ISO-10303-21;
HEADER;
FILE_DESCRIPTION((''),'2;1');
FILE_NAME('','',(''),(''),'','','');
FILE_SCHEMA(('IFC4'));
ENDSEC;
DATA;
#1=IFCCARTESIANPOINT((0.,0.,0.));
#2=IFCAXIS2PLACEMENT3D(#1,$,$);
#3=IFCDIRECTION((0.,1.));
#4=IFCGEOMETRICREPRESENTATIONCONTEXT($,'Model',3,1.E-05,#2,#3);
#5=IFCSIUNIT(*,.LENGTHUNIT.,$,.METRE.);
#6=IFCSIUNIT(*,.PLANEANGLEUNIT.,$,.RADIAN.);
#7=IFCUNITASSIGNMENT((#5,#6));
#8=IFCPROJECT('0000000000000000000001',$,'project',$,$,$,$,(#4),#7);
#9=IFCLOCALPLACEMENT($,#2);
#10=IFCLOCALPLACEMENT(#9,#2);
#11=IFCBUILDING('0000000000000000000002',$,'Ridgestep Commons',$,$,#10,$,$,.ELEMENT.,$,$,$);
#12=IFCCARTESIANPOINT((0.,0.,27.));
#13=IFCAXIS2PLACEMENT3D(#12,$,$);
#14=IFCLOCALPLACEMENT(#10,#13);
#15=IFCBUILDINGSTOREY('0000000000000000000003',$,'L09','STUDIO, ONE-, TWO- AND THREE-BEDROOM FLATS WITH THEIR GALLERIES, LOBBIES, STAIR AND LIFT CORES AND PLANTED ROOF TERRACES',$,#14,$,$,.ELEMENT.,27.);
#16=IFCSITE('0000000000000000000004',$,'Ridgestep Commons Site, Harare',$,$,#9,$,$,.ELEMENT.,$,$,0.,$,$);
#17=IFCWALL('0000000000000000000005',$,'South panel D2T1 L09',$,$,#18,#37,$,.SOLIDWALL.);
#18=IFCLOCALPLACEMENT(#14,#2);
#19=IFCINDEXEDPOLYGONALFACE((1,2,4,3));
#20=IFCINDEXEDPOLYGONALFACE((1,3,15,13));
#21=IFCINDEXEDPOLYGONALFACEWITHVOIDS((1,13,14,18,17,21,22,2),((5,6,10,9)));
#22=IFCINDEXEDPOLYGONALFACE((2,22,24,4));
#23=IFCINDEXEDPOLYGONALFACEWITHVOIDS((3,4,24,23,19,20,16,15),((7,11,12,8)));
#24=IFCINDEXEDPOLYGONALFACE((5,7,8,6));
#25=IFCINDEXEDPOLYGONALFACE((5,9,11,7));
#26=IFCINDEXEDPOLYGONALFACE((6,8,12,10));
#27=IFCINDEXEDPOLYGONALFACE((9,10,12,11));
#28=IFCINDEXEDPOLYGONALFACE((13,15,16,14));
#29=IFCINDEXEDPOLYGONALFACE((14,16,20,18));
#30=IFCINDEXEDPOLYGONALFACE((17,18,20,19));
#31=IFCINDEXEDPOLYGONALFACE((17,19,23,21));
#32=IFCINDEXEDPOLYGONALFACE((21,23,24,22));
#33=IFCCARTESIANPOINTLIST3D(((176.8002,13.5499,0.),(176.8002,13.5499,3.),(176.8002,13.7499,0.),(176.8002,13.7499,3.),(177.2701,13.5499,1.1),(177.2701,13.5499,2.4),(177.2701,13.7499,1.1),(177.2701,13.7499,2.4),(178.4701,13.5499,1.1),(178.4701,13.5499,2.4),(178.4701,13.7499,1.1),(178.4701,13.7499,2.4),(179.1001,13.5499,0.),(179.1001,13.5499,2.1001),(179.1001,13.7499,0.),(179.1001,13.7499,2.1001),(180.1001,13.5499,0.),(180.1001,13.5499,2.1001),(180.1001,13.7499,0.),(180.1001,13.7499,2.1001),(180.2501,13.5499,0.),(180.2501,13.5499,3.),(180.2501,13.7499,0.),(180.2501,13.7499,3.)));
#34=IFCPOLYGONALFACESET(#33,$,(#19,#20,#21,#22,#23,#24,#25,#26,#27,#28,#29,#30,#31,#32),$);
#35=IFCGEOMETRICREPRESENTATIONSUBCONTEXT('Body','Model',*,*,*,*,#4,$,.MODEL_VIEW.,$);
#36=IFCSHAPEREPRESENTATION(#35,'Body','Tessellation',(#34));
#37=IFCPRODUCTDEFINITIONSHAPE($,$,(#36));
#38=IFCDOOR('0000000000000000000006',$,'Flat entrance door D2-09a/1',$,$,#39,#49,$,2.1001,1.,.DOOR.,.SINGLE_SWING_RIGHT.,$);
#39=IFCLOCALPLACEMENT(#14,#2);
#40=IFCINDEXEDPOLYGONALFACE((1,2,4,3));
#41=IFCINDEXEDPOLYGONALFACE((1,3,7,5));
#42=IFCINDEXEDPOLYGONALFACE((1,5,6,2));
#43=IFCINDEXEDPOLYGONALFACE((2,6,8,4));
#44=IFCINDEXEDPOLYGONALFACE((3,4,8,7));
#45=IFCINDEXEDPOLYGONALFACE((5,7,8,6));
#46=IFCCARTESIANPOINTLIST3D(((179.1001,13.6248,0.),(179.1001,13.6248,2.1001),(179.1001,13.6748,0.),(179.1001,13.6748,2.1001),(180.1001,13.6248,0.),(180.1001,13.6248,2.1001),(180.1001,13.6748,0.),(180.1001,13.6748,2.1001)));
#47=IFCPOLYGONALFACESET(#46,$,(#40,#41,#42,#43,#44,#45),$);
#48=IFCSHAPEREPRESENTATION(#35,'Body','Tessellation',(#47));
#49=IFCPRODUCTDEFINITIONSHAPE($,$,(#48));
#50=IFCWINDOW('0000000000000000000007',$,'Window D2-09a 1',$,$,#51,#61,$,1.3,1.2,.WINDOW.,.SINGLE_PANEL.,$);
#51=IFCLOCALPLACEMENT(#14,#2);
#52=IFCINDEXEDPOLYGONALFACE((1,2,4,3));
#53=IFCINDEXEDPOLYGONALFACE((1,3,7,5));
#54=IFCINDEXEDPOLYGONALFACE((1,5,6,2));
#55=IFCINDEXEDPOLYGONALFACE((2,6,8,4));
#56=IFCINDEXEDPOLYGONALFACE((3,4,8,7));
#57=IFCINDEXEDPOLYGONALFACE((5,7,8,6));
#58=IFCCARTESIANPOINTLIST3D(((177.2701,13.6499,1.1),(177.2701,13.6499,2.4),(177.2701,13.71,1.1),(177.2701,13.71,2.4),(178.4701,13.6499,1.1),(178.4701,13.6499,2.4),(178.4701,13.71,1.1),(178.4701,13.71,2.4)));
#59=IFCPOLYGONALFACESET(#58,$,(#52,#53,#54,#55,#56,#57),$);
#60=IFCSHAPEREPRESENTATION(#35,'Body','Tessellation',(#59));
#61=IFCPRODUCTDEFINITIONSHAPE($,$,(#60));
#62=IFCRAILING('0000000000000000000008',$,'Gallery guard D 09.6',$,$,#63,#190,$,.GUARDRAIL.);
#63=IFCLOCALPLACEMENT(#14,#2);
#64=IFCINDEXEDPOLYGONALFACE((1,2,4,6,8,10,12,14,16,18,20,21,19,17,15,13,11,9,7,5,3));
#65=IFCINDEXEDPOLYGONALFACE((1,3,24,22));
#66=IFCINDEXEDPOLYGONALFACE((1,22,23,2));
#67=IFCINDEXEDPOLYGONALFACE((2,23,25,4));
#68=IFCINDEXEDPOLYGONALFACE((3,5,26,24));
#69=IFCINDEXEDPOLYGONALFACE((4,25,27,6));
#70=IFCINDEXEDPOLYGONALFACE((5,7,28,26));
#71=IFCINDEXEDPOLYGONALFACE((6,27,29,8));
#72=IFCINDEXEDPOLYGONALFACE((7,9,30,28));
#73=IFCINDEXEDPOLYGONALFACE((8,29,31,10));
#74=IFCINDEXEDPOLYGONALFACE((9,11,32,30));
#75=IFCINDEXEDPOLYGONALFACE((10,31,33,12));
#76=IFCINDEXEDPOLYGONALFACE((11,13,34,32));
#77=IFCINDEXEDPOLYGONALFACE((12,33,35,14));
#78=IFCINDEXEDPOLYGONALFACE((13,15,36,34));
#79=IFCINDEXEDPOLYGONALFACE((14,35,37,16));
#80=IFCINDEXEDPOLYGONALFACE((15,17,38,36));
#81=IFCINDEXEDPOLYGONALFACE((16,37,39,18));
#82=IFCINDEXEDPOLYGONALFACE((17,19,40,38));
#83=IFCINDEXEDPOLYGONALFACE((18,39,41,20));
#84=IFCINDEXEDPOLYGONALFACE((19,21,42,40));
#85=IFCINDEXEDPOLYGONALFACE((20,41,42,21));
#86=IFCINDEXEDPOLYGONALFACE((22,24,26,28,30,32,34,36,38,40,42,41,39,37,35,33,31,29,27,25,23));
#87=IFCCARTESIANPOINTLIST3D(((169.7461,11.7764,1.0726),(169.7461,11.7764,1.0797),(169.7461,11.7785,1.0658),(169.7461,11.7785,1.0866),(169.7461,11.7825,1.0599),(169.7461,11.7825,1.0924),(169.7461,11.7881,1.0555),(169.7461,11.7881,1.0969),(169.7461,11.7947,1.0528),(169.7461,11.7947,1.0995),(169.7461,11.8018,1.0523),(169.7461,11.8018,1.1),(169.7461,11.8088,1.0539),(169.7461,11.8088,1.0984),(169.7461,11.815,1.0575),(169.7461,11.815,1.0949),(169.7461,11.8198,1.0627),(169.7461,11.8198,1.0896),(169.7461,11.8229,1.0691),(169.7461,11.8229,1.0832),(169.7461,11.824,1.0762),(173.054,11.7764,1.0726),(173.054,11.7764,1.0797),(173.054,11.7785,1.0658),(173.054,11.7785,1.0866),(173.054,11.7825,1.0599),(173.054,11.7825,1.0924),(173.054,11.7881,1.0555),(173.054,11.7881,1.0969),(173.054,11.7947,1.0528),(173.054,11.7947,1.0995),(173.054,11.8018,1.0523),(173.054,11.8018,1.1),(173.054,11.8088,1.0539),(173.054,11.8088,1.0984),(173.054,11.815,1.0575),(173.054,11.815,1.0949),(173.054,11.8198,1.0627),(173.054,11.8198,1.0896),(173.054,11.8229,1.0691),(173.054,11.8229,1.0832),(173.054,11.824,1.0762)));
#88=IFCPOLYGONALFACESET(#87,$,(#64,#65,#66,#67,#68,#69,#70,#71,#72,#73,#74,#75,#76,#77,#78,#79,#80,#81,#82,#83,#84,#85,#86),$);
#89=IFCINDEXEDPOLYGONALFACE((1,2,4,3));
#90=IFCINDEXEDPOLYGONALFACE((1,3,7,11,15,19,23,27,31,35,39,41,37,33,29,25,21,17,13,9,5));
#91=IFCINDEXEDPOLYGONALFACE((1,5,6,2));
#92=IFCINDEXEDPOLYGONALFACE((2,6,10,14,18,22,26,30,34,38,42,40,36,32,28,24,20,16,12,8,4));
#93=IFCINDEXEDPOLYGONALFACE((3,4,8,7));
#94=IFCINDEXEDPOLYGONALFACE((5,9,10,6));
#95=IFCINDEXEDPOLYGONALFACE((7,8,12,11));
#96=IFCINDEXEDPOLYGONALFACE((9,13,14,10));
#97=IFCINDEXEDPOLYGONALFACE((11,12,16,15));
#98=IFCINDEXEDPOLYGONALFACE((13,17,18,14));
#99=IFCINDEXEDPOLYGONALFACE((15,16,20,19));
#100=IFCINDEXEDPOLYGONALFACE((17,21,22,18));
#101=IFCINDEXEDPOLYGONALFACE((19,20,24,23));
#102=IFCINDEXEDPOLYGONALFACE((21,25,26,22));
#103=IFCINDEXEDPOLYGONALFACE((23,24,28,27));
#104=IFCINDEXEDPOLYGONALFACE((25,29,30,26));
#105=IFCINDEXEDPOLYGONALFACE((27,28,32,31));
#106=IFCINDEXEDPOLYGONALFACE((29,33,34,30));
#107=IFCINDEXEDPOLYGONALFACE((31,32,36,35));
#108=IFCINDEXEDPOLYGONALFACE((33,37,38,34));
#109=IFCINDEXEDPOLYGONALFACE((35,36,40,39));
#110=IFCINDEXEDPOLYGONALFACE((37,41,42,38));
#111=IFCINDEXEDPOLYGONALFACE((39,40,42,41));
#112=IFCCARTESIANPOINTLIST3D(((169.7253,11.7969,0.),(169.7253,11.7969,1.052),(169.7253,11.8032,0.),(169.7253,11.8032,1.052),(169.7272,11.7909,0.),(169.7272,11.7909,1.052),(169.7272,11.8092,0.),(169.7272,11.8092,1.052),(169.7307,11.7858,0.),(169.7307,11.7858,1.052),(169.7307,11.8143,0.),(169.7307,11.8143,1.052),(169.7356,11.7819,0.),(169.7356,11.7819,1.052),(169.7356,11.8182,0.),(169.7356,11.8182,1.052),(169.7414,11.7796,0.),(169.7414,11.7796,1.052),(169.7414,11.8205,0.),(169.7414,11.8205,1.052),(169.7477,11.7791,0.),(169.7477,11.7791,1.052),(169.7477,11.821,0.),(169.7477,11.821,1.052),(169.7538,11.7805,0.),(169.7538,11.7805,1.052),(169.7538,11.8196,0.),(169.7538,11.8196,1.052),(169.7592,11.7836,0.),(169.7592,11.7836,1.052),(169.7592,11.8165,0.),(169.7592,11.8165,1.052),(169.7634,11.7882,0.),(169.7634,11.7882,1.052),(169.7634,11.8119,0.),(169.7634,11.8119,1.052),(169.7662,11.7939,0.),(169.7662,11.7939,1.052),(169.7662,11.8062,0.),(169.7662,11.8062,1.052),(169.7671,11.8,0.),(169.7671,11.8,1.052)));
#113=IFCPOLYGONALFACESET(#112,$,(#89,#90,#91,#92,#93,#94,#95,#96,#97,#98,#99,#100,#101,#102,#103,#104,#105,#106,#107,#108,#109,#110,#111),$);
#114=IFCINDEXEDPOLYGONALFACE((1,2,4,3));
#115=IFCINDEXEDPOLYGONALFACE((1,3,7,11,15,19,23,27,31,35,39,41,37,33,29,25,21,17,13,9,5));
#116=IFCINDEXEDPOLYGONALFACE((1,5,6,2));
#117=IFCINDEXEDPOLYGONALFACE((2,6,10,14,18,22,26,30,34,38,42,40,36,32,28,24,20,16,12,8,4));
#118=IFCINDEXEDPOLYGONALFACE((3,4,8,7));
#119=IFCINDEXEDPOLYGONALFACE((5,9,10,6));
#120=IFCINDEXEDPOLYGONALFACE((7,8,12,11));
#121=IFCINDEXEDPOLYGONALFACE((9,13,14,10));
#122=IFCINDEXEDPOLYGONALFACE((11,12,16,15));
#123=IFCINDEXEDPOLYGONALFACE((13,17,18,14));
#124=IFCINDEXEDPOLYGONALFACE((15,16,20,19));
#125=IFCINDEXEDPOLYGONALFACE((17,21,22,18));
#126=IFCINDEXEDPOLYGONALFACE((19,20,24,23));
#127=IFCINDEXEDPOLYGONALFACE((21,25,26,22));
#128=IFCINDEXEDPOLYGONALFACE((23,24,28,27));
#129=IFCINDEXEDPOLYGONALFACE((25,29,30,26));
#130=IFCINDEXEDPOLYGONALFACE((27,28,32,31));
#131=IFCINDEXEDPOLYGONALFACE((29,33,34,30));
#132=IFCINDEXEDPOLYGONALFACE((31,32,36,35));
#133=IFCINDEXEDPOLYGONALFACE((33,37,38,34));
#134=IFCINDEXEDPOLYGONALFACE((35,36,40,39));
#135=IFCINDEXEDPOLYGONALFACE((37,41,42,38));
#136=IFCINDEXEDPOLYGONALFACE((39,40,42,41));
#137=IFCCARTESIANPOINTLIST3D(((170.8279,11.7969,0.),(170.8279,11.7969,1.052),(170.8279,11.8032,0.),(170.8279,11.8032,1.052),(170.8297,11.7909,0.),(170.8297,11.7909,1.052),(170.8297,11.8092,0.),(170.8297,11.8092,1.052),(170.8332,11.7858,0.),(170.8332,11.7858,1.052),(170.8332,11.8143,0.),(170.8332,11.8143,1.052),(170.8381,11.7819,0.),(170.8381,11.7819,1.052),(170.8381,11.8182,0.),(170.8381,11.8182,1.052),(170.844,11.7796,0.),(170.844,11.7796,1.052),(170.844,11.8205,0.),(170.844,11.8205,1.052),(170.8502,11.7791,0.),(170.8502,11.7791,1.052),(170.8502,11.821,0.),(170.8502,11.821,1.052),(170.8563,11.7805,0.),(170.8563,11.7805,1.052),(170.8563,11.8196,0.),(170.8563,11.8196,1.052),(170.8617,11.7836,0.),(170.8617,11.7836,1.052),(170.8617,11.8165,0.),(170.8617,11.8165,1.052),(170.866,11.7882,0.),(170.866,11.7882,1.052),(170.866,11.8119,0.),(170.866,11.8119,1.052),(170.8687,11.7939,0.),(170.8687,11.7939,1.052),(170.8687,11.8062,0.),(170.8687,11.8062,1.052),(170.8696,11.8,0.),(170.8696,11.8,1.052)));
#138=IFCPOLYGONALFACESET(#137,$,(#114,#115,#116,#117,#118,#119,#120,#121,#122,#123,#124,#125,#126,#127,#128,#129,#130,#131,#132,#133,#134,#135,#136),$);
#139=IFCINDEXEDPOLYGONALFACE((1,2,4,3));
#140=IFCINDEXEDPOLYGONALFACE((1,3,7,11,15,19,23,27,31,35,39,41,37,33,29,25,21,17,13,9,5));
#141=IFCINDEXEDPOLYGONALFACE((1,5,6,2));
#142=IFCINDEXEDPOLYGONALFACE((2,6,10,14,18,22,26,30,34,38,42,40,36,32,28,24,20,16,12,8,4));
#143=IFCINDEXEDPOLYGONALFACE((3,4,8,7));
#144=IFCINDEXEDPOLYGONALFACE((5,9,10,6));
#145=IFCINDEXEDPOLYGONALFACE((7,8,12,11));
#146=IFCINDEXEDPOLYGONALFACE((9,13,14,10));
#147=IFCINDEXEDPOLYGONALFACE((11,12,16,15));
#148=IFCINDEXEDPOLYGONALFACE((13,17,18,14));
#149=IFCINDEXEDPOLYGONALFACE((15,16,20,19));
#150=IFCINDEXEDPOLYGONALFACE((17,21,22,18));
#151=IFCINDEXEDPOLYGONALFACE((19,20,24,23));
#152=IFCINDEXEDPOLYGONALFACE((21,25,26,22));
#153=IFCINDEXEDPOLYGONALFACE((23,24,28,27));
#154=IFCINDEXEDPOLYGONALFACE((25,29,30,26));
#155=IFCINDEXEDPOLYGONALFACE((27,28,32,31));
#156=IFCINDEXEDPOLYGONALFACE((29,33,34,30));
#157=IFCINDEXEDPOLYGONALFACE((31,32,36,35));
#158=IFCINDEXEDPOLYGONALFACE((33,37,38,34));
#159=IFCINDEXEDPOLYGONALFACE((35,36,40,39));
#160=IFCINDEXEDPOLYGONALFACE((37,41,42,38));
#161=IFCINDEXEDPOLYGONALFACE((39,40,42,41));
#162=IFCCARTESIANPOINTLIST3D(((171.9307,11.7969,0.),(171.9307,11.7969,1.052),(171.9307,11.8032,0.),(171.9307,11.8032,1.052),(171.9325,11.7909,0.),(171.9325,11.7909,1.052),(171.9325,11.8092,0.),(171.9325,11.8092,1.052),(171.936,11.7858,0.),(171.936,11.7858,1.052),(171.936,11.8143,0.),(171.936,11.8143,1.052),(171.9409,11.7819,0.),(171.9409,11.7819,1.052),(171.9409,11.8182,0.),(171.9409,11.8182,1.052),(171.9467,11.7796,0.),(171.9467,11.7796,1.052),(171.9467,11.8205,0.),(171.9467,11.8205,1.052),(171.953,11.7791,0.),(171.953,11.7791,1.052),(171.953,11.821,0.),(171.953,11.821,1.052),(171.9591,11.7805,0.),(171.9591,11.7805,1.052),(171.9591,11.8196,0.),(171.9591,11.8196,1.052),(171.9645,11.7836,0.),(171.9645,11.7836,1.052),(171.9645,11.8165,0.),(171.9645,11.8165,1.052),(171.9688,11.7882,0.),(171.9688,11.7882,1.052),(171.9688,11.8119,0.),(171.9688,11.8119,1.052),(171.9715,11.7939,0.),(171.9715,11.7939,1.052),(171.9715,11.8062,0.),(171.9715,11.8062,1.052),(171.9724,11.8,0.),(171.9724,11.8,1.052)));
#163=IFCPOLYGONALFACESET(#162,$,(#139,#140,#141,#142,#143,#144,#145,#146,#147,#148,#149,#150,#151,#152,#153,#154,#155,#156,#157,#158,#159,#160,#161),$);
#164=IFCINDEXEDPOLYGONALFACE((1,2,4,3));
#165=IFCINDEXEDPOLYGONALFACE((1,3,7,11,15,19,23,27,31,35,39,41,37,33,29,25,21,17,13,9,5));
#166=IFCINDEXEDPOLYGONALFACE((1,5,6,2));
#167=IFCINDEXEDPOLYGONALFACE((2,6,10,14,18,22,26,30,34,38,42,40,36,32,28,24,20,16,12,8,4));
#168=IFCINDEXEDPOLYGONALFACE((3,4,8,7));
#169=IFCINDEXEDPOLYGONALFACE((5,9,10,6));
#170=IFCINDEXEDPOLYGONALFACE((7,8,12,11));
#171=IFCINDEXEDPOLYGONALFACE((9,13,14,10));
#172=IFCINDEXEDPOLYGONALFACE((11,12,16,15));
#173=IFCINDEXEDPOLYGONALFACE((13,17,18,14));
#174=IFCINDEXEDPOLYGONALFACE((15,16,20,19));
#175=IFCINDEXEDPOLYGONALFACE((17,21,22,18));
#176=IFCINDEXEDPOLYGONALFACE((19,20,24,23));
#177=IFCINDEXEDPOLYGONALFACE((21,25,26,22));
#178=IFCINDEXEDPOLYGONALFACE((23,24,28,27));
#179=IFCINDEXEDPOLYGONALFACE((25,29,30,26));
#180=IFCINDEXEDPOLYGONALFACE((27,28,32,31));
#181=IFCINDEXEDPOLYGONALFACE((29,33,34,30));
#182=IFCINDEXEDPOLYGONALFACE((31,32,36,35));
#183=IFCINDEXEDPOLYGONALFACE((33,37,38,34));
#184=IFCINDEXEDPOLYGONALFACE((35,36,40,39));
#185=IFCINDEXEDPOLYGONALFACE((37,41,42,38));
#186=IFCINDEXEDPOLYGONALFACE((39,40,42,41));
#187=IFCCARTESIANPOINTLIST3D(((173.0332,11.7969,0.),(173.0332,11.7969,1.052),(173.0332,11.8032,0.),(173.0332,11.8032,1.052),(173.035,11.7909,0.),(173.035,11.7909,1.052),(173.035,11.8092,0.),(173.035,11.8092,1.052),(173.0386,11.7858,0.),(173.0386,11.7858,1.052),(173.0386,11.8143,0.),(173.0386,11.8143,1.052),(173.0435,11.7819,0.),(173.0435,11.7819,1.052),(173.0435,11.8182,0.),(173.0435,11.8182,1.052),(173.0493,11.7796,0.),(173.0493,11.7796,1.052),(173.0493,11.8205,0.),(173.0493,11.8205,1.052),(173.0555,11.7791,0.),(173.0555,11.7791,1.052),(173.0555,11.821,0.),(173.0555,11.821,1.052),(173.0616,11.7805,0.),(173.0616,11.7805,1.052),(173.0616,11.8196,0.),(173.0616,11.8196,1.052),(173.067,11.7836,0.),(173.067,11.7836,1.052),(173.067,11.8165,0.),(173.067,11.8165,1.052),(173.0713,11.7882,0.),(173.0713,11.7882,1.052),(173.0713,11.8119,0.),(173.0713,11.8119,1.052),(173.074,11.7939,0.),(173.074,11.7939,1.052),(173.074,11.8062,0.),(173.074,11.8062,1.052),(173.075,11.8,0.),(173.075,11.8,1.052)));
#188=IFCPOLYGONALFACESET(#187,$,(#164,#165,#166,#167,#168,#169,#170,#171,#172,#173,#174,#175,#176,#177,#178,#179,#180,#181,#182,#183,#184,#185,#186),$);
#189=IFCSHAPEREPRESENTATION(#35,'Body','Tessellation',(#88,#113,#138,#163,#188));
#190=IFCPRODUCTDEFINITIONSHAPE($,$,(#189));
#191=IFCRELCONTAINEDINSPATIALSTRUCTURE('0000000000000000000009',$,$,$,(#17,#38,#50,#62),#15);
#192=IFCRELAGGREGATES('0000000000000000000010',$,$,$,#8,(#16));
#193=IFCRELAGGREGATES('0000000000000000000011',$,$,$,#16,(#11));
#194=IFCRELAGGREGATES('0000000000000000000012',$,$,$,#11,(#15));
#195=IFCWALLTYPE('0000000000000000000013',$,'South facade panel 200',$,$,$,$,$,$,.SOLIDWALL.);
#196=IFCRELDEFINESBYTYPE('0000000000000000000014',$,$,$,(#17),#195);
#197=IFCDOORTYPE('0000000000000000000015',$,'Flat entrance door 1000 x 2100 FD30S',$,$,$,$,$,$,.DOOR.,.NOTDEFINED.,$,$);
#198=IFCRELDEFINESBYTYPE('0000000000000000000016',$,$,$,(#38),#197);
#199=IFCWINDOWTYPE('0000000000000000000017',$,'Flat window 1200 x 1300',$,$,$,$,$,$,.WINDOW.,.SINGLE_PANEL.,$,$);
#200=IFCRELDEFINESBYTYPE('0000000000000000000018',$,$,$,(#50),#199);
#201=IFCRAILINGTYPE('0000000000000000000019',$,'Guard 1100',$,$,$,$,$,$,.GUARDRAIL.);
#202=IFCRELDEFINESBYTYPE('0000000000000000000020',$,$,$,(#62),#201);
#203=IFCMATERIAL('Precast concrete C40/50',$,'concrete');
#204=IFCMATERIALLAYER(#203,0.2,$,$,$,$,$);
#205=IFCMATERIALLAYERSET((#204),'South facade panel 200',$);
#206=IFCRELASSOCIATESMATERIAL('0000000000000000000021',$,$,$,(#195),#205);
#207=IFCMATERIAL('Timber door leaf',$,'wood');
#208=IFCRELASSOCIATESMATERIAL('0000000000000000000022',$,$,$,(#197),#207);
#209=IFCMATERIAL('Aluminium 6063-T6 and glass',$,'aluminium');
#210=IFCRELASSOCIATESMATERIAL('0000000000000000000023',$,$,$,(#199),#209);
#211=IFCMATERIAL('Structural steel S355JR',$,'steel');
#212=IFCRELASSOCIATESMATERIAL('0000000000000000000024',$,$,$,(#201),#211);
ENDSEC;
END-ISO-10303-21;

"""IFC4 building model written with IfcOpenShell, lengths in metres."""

from ifc_helpers import new_model, si_unit, direction, frame, frame_2d, origin, origin_2d, place, context, subcontext, project, spatial, rectangle, circle, extrude, material, layer, layer_set, type_object, element, fill, save


model = new_model("IFC4")

# Units and contexts
model_context = context("Model", 3, precision=1e-05, world=origin(), true_north=direction((0.0, 1.0)))
body_context = subcontext(model_context, "Body", "Model", "MODEL_VIEW")
ifc_project = project(units=[si_unit("LENGTHUNIT", "METRE"), si_unit("PLANEANGLEUNIT", "RADIAN")], contexts=[model_context])

# Site, building, storey
site_placement = place(None, origin())
site = spatial("IfcSite", under=ifc_project, at=site_placement, Name="Ridgestep Commons Site, Harare", CompositionType="ELEMENT", RefElevation=0.0)
building_placement = place(site_placement, origin())
building = spatial("IfcBuilding", under=site, at=building_placement, Name="Ridgestep Commons", CompositionType="ELEMENT")
storey_placement = place(building_placement, frame((0.0, 0.0, 27.0)))
storey = spatial("IfcBuildingStorey", under=building, at=storey_placement, Name="L09", Description="STUDIO, ONE-, TWO- AND THREE-BEDROOM FLATS WITH THEIR GALLERIES, LOBBIES, STAIR AND LIFT CORES AND PLANTED ROOF TERRACES", CompositionType="ELEMENT", Elevation=27.0)

# Wall, openings, door, window
ifc_material_1 = material(Name="Precast concrete C40/50", Category="concrete")
ifc_layer_1 = layer(ifc_material_1, 0.2)
ifc_layer_set_1 = layer_set([ifc_layer_1], Name="South facade panel 200")
wall_type_1 = type_object("IfcWallType", Name="South facade panel 200", PredefinedType="SOLIDWALL", material=ifc_layer_set_1)
ifc_material_2 = material(Name="Timber door leaf", Category="wood")
door_type_1 = type_object("IfcDoorType", Name="Flat entrance door 1000 x 2100 FD30S", OperationType="NOTDEFINED", PredefinedType="DOOR", material=ifc_material_2)
ifc_material_3 = material(Name="Aluminium 6063-T6 and glass", Category="aluminium")
window_type = type_object("IfcWindowType", Name="Flat window 1200 x 1300", PartitioningType="SINGLE_PANEL", PredefinedType="WINDOW", material=ifc_material_3)
wall_1_placement = place(storey_placement, frame((176.8, 13.6499, 0.0), z_axis=(0.0, 0.0, 1.0), x_axis=(1.0, 0.0, 0.0)))
wall_1 = element("IfcWall", 1, at=wall_1_placement, inside=storey, type_object=wall_type_1, Name="South panel D2T1 L09", PredefinedType="SOLIDWALL", context=body_context, shape_type="SweptSolid", body=[
    extrude(rectangle(XDim=3.45, YDim=0.2, at=frame_2d((1.7251, 0.0))), origin(), (0.0, 0.0, 1.0), 3.0),
])
opening_1_placement = place(wall_1_placement, frame((0.47, 0.0, 1.1001)))
opening_1 = element("IfcOpeningElement", 2, at=opening_1_placement, cuts=wall_1, PredefinedType="OPENING", context=body_context, shape_type="SweptSolid", body=[
    extrude(rectangle(XDim=1.2, YDim=1.3, at=frame_2d((0.6001, 0.6499))), frame((0.0, 0.1099, 0.0), z_axis=(0.0, -1.0, 0.0), x_axis=(1.0, 0.0, 0.0)), (0.0, 0.0, 1.0), 0.22),
])
opening_2_placement = place(wall_1_placement, frame((2.3, 0.0, 0.0)))
opening_2 = element("IfcOpeningElement", 3, at=opening_2_placement, cuts=wall_1, PredefinedType="OPENING", context=body_context, shape_type="SweptSolid", body=[
    extrude(rectangle(XDim=1.0, YDim=2.1001, at=frame_2d((0.5, 1.05))), frame((0.0, 0.1099, 0.0), z_axis=(0.0, -1.0, 0.0), x_axis=(1.0, 0.0, 0.0)), (0.0, 0.0, 1.0), 0.22),
])
door_1_placement = place(opening_2_placement, origin())
door_1 = element("IfcDoor", 4, at=door_1_placement, inside=storey, type_object=door_type_1, Name="Flat entrance door D2-09a/1", OperationType="SINGLE_SWING_RIGHT", OverallHeight=2.1001, OverallWidth=1.0, PredefinedType="DOOR", context=body_context, shape_type="SweptSolid", body=[
    extrude(rectangle(XDim=1.0, YDim=2.1001, at=frame_2d((0.5, 1.05))), frame((0.0, 0.0249, 0.0), z_axis=(0.0, -1.0, 0.0), x_axis=(1.0, 0.0, 0.0)), (0.0, 0.0, 1.0), 0.05),
])
fill(opening_2, door_1)
window_1_placement = place(opening_1_placement, origin())
window_1 = element("IfcWindow", 5, at=window_1_placement, inside=storey, type_object=window_type, Name="Window D2-09a 1", OverallHeight=1.3, OverallWidth=1.2, PartitioningType="SINGLE_PANEL", PredefinedType="WINDOW", context=body_context, shape_type="SweptSolid", body=[
    extrude(rectangle(XDim=1.2, YDim=1.3, at=frame_2d((0.6001, 0.6499))), frame((0.0, 0.0601, 0.0), z_axis=(0.0, -1.0, 0.0), x_axis=(1.0, 0.0, 0.0)), (0.0, 0.0, 1.0), 0.0601),
])
fill(opening_1, window_1)

# Railing
ifc_material_4 = material(Name="Structural steel S355JR", Category="steel")
railing_type = type_object("IfcRailingType", Name="Guard 1100", PredefinedType="GUARDRAIL", material=ifc_material_4)
railing_1_placement = place(storey_placement, frame((169.7461, 11.8, 0.0)))
element("IfcRailing", 6, at=railing_1_placement, inside=storey, type_object=railing_type, Name="Gallery guard D 09.6", PredefinedType="GUARDRAIL", context=body_context, shape_type="SweptSolid", body=[
    extrude(circle(Radius=0.0239, at=origin_2d()), frame((0.0, 0.0, 1.0762), z_axis=(1.0, 0.0, 0.0), x_axis=(0.0, 1.0, 0.0)), (0.0, 0.0, 1.0), 3.3079),
    extrude(circle(Radius=0.021, at=origin_2d()), origin(), (0.0, 0.0, 1.0), 1.052),
    extrude(circle(Radius=0.021, at=origin_2d()), frame((1.1025, 0.0, 0.0)), (0.0, 0.0, 1.0), 1.052),
    extrude(circle(Radius=0.021, at=origin_2d()), frame((2.2053, 0.0, 0.0)), (0.0, 0.0, 1.0), 1.052),
    extrude(circle(Radius=0.021, at=origin_2d()), frame((3.3079, 0.0, 0.0)), (0.0, 0.0, 1.0), 1.052),
])

save(model, "model.ifc")
